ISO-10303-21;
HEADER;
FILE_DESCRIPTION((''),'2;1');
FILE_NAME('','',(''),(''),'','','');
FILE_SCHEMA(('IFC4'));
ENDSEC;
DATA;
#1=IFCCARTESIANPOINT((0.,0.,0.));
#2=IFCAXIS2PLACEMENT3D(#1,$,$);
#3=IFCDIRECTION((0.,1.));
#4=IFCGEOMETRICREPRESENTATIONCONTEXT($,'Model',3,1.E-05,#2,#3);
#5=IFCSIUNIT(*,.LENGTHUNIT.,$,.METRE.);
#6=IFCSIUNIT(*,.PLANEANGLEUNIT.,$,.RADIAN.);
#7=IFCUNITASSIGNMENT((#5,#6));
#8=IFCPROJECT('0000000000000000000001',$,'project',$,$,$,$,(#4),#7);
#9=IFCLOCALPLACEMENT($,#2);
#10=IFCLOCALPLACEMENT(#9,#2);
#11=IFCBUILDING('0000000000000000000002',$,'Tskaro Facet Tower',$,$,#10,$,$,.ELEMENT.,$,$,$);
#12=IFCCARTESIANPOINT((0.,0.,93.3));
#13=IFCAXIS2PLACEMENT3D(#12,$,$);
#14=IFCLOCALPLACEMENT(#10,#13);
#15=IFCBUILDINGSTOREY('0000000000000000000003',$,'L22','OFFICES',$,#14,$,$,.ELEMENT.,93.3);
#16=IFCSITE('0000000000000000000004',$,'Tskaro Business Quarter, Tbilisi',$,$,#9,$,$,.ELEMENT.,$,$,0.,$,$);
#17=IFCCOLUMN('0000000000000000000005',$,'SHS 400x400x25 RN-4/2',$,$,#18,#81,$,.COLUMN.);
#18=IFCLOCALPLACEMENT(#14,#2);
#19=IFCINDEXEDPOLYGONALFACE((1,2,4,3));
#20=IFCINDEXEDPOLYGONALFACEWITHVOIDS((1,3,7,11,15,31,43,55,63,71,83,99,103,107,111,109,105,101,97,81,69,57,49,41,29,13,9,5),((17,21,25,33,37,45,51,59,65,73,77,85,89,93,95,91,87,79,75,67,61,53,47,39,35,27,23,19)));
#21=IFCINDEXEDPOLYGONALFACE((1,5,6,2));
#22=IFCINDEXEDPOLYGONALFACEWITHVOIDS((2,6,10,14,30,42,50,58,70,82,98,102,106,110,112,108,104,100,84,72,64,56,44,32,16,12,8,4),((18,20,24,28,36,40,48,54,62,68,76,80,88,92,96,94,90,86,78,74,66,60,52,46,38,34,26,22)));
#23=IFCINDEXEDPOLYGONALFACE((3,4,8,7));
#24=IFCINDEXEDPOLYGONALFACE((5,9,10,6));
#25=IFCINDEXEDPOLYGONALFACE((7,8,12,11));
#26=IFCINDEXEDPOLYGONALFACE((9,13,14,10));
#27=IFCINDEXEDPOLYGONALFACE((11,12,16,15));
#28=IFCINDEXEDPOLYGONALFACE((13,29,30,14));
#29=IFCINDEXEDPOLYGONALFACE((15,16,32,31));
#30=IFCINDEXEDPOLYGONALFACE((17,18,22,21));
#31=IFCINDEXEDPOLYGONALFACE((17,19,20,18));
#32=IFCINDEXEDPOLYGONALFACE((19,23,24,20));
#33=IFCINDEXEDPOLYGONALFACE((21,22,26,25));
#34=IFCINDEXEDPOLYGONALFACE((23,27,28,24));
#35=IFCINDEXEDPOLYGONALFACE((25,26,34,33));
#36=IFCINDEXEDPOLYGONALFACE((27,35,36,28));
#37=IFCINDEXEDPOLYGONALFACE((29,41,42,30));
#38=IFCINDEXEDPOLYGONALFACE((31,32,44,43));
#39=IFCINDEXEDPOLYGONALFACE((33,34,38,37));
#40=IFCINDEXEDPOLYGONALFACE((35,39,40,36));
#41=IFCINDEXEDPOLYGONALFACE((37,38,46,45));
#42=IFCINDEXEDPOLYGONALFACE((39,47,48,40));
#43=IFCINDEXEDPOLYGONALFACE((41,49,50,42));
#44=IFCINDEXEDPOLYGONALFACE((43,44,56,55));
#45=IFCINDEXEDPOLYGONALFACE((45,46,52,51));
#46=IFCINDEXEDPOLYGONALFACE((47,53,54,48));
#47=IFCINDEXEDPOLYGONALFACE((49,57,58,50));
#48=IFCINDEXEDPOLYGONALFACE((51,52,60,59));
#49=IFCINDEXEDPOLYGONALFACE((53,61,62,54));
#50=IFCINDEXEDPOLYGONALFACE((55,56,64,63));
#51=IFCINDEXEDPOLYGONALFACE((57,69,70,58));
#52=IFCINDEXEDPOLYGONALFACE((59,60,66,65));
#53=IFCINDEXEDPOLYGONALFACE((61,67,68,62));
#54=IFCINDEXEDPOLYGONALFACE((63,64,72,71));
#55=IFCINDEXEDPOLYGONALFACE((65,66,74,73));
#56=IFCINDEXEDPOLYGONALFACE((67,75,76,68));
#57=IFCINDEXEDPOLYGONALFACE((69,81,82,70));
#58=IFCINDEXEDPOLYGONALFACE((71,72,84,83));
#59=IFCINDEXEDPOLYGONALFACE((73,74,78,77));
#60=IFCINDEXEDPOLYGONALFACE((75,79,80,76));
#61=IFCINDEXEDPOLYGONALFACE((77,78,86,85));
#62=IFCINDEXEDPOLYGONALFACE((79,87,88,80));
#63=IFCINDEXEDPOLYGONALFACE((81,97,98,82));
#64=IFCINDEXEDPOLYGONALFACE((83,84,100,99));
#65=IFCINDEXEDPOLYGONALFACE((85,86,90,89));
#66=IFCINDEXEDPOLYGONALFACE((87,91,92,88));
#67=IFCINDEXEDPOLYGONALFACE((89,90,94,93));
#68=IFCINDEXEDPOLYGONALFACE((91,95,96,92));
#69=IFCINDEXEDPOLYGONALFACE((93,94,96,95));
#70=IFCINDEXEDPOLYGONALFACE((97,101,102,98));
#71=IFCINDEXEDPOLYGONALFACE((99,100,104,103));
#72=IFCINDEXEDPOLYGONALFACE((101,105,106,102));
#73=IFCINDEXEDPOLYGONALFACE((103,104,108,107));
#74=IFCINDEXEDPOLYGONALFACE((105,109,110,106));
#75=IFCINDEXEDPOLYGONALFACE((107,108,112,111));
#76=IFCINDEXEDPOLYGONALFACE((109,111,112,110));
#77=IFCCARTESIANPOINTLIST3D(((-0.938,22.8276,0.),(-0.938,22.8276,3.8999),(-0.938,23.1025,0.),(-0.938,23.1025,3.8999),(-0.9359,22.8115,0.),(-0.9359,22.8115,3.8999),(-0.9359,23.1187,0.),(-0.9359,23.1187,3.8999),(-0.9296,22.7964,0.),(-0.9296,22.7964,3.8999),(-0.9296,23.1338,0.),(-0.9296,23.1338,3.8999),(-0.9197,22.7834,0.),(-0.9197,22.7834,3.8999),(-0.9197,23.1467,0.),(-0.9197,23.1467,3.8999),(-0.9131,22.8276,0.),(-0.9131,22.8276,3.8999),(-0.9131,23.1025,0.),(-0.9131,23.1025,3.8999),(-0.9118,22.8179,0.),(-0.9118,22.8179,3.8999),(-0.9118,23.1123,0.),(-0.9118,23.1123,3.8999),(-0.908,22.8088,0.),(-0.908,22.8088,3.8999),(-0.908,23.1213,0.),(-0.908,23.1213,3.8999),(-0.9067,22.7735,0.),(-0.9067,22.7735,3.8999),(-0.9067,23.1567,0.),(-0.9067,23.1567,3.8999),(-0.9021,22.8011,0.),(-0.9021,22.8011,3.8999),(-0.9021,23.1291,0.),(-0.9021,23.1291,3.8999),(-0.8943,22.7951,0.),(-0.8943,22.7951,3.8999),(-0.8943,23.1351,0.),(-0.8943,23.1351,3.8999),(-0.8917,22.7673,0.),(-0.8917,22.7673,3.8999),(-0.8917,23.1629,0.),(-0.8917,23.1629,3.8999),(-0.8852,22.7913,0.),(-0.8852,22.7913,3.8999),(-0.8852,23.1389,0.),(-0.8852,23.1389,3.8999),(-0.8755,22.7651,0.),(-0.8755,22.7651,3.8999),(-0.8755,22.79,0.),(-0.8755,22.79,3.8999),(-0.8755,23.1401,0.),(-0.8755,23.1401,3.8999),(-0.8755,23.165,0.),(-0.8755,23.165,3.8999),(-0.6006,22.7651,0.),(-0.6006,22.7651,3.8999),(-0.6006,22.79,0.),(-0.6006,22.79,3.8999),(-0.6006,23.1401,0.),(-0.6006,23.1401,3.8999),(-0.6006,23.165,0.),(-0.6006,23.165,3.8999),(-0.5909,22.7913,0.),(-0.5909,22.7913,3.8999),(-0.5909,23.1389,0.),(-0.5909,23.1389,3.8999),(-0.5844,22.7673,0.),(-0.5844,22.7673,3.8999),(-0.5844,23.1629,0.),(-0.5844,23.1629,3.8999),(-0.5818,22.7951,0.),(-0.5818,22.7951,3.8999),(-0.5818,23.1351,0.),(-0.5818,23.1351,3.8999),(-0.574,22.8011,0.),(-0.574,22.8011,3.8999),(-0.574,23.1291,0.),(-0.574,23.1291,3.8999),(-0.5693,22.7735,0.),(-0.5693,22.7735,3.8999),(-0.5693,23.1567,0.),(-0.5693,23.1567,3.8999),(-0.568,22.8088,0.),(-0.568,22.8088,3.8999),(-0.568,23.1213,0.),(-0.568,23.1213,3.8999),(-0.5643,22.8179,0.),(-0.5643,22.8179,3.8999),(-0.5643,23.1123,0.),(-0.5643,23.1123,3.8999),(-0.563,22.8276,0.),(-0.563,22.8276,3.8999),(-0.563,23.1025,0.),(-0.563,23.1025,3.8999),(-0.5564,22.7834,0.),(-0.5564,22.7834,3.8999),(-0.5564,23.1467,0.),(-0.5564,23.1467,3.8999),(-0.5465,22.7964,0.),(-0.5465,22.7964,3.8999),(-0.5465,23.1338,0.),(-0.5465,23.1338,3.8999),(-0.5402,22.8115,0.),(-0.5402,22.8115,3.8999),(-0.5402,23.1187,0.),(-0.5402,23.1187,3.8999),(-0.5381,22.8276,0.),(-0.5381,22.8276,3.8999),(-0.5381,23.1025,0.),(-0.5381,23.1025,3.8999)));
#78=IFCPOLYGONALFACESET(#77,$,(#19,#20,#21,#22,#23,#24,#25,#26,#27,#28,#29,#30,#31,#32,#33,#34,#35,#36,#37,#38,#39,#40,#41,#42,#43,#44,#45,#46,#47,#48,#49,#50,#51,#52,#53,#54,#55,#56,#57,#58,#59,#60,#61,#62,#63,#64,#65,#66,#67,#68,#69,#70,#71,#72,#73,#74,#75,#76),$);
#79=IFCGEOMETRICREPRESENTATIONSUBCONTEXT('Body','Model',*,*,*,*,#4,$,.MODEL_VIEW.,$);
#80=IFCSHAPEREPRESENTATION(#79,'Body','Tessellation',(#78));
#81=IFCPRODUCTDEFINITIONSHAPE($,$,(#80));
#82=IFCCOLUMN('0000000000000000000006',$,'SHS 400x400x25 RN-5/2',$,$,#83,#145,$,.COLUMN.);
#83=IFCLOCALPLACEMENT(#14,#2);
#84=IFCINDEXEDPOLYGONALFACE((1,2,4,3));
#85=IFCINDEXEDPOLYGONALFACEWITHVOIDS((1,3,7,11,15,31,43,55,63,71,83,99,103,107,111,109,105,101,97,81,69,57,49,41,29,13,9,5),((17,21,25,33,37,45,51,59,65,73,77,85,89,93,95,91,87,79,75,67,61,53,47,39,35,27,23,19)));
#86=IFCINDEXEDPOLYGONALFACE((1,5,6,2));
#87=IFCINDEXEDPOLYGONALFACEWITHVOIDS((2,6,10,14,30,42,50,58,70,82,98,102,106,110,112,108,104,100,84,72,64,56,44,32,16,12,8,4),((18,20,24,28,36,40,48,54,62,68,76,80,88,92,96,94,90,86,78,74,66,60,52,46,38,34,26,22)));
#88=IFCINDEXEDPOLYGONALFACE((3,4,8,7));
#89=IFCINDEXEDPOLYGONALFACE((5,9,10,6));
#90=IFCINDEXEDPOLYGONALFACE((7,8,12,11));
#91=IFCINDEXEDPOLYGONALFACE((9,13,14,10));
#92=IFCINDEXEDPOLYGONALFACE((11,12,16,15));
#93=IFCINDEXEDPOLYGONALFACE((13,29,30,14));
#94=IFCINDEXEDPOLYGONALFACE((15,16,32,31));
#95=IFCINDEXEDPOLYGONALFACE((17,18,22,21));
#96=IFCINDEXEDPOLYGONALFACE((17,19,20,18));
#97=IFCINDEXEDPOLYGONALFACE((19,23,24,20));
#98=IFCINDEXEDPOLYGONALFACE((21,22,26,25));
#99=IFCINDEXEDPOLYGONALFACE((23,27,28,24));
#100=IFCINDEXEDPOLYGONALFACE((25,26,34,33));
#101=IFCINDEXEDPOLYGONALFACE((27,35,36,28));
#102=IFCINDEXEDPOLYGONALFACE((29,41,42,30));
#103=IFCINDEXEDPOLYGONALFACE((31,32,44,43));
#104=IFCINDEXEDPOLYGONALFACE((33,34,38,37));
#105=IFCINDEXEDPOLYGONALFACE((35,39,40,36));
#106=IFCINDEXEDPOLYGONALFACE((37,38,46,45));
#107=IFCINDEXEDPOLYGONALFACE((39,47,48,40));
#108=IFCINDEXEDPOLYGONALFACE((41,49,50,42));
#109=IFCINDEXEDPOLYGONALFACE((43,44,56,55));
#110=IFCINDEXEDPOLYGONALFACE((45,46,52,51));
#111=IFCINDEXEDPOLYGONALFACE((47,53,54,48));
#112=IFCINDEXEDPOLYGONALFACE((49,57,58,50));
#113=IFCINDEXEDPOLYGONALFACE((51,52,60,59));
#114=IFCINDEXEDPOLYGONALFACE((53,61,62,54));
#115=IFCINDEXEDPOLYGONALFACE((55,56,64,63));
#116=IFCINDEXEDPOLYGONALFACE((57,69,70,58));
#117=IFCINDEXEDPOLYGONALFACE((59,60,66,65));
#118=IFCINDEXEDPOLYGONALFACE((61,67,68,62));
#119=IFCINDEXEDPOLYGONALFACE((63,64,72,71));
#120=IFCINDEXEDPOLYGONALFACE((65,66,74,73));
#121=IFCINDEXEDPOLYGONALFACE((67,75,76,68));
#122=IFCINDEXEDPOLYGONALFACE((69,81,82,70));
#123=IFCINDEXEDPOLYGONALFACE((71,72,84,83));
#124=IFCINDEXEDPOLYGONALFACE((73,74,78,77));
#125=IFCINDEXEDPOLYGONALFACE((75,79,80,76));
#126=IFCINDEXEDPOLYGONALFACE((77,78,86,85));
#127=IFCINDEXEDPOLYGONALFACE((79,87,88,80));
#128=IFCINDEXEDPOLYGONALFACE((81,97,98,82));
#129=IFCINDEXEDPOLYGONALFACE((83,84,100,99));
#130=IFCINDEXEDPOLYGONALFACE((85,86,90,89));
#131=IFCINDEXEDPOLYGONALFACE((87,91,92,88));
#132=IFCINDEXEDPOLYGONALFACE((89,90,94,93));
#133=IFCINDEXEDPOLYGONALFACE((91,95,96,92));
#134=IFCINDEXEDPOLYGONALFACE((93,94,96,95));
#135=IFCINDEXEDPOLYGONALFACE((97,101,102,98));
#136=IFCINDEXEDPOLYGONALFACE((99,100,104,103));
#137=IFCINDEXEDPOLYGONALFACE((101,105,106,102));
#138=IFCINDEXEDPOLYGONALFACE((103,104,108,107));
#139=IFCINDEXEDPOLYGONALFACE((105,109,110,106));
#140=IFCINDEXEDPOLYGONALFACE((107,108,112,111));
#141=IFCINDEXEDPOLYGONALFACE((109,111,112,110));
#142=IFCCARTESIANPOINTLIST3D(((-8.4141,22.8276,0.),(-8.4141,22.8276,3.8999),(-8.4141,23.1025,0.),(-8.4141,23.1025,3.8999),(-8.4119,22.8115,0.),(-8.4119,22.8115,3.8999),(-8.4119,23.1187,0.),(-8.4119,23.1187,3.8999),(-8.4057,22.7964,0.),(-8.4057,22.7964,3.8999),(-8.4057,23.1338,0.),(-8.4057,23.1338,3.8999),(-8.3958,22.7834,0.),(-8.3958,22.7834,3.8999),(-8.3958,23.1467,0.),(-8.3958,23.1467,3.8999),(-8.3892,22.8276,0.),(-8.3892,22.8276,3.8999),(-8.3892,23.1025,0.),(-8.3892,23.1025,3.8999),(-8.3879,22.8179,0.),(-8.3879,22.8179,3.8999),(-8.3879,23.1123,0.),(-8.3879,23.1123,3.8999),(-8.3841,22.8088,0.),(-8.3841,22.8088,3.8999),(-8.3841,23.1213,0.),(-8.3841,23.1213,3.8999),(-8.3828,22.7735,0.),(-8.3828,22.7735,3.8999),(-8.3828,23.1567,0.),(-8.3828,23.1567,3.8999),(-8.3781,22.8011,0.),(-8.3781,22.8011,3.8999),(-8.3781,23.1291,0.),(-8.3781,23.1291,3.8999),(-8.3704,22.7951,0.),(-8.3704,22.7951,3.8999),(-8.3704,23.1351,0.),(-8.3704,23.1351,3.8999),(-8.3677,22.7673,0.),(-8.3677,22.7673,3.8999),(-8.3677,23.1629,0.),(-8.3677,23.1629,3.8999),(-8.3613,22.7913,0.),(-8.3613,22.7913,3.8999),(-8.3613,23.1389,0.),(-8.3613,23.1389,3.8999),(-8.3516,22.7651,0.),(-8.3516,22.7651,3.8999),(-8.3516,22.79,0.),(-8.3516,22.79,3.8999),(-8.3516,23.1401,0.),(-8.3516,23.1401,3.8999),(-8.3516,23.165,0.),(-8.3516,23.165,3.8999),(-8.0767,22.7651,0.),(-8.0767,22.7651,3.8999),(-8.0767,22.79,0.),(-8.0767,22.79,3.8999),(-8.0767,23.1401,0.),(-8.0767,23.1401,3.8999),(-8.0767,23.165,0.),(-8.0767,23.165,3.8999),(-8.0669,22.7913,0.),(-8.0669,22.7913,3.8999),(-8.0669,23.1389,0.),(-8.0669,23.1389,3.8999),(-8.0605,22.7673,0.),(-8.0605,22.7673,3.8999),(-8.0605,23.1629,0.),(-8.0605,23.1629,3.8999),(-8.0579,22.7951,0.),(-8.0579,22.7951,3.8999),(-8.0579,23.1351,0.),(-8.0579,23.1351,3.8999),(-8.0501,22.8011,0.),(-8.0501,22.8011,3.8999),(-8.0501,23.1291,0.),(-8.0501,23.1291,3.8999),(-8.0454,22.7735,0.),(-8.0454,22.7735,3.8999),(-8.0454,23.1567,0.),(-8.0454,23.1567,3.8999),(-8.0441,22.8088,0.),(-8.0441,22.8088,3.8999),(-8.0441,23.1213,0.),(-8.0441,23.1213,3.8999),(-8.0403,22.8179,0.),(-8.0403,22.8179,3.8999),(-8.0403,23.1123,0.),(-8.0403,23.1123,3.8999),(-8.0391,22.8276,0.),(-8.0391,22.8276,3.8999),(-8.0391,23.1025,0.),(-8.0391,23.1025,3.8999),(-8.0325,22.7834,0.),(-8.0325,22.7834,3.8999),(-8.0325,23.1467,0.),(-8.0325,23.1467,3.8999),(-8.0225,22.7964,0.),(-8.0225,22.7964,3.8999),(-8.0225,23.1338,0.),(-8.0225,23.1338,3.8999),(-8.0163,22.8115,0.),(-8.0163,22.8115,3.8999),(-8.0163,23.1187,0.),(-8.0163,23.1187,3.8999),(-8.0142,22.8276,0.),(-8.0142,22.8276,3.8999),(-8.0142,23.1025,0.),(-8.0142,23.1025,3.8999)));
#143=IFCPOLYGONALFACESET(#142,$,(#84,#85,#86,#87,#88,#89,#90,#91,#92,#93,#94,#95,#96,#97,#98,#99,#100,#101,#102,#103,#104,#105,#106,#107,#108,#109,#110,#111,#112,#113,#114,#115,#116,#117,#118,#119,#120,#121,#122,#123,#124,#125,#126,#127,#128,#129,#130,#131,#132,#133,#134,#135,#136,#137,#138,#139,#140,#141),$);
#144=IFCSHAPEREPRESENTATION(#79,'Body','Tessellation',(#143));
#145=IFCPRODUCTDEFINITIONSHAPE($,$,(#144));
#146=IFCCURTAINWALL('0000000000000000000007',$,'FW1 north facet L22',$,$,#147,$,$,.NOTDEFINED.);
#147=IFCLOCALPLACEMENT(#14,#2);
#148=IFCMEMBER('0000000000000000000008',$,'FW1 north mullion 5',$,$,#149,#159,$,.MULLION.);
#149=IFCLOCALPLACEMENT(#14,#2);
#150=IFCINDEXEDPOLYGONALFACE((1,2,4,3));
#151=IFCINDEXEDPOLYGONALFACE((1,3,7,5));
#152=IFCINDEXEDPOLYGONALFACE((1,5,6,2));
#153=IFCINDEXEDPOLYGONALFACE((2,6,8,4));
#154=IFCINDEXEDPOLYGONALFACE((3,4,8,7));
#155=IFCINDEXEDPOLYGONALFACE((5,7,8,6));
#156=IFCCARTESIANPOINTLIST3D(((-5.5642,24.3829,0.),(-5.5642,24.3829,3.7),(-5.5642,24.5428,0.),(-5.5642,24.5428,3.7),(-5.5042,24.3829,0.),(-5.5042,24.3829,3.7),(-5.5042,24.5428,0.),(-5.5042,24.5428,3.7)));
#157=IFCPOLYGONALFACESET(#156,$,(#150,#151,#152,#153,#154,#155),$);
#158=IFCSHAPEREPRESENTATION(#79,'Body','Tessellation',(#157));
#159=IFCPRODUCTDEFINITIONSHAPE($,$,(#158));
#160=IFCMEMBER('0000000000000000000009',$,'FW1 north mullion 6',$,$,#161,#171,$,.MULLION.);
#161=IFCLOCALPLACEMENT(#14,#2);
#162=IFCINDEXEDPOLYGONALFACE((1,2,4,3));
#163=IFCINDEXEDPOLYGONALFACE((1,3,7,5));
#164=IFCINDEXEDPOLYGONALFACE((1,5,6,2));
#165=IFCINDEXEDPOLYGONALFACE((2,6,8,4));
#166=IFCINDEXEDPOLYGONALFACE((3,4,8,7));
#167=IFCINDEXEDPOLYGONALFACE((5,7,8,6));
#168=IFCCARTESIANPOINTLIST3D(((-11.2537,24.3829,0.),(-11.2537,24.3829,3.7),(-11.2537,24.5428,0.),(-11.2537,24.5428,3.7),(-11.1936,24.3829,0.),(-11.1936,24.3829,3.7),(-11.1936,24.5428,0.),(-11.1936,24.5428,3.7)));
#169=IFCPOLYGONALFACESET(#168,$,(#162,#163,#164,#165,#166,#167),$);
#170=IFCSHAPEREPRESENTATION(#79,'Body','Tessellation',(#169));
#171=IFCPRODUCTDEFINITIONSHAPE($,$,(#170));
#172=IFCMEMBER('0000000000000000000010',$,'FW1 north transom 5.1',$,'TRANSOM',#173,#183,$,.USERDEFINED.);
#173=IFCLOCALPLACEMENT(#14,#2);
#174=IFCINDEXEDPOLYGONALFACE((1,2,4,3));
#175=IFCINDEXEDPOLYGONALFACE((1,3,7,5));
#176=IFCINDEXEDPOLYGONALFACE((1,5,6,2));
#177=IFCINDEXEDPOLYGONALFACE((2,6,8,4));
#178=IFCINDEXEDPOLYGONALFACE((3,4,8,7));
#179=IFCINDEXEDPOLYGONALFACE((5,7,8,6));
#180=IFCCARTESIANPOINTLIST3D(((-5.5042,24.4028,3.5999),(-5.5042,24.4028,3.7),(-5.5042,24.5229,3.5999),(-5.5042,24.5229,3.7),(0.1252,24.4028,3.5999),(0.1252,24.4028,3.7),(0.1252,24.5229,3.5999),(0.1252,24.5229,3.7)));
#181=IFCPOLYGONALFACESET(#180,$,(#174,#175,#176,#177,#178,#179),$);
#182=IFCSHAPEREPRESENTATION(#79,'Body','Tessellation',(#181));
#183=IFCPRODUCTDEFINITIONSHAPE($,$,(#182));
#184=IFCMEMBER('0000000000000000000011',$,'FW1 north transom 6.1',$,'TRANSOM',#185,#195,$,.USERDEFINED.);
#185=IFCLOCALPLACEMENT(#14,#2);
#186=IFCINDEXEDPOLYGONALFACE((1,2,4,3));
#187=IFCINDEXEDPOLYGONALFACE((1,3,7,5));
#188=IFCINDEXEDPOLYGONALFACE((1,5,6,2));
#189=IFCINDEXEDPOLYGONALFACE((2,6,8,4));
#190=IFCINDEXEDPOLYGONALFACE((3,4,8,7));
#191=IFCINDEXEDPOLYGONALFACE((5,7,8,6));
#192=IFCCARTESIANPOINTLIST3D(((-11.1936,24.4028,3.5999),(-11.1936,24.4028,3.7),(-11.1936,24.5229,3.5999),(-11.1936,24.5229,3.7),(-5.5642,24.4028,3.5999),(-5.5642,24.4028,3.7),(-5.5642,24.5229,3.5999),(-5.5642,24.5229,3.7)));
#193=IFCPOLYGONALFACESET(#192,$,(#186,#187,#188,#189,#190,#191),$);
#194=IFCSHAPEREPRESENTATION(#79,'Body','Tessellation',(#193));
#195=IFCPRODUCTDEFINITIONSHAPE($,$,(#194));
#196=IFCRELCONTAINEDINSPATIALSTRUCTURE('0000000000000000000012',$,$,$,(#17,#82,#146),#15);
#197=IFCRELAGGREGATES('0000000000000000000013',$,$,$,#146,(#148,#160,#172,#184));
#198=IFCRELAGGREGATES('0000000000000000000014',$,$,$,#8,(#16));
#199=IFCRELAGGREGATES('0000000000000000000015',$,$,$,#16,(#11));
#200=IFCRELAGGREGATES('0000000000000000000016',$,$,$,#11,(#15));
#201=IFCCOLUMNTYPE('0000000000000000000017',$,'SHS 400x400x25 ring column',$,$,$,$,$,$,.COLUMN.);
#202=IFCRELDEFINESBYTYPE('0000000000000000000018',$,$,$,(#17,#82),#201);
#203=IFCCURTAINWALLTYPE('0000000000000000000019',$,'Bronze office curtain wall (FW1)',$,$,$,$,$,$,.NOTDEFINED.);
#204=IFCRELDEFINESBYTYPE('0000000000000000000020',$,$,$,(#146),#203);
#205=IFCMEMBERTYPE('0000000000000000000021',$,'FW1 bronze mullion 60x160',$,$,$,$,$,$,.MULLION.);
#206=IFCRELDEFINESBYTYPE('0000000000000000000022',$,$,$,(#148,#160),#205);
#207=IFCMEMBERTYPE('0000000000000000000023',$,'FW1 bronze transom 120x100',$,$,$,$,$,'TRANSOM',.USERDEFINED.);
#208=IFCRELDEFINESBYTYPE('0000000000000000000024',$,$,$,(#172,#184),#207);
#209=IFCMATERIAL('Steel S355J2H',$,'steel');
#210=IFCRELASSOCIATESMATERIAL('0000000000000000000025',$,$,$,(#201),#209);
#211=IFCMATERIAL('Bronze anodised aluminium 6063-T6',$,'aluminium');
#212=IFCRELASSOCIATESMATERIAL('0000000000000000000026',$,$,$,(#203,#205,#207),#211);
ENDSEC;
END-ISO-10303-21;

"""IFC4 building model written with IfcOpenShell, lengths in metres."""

from ifc_helpers import new_model, si_unit, direction, frame, origin, origin_2d, place, context, subcontext, project, spatial, rectangle, hollow_rectangle, extrude, material, material_profile, profile_set, type_object, element, aggregate, save


model = new_model("IFC4")

# Units and contexts
model_context = context("Model", 3, precision=1e-05, world=origin(), true_north=direction((0.0, 1.0)))
body_context = subcontext(model_context, "Body", "Model", "MODEL_VIEW")
ifc_project = project(units=[si_unit("LENGTHUNIT", "METRE"), si_unit("PLANEANGLEUNIT", "RADIAN")], contexts=[model_context])

# Site, building, storey
site_placement = place(None, origin())
site = spatial("IfcSite", under=ifc_project, at=site_placement, Name="Tskaro Business Quarter, Tbilisi", CompositionType="ELEMENT", RefElevation=0.0)
building_placement = place(site_placement, origin())
building = spatial("IfcBuilding", under=site, at=building_placement, Name="Tskaro Facet Tower", CompositionType="ELEMENT")
storey_placement = place(building_placement, frame((0.0, 0.0, 93.3)))
storey = spatial("IfcBuildingStorey", under=building, at=storey_placement, Name="L22", Description="OFFICES", CompositionType="ELEMENT", Elevation=93.3)

# Columns
ifc_material_1 = material(Name="Steel S355J2H", Category="steel")
ifc_material_profile_1 = material_profile(ifc_material_1, hollow_rectangle(XDim=0.3999, YDim=0.3999, WallThickness=0.0249, InnerFilletRadius=0.0376, OuterFilletRadius=0.0625, at=origin_2d()), Name="SHS 400x400x25")
ifc_profile_set_1 = profile_set([ifc_material_profile_1], Name="Steel S355J2H")
column_type_1 = type_object("IfcColumnType", Name="SHS 400x400x25 ring column", PredefinedType="COLUMN", material=ifc_profile_set_1)
for number, where, z_axis, x_axis, name in (
    (1, (-0.738, 22.9651, 0.0), (0.0, 0.0, 1.0), (1.0, 0.0, 0.0), "SHS 400x400x25 RN-4/2"),
    (2, (-8.2141, 22.9651, 0.0), (0.0, 0.0, 1.0), (1.0, 0.0, 0.0), "SHS 400x400x25 RN-5/2"),
):
    element("IfcColumn", number, at=place(storey_placement, frame(where, z_axis=z_axis, x_axis=x_axis)), inside=storey, type_object=column_type_1, Name=name, PredefinedType="COLUMN", context=body_context, shape_type="SweptSolid", body=[
        extrude(hollow_rectangle(XDim=0.3999, YDim=0.3999, WallThickness=0.0249, InnerFilletRadius=0.0376, OuterFilletRadius=0.0625, at=origin_2d()), origin(), (0.0, 0.0, 1.0), 3.8999),
    ])

# Curtain wall, members
ifc_material_2 = material(Name="Bronze anodised aluminium 6063-T6", Category="aluminium")
curtain_wall_type = type_object("IfcCurtainWallType", Name="Bronze office curtain wall (FW1)", PredefinedType="NOTDEFINED", material=ifc_material_2)
curtain_wall_placement = place(storey_placement, origin())
curtain_wall = element("IfcCurtainWall", 3, at=curtain_wall_placement, inside=storey, type_object=curtain_wall_type, Name="FW1 north facet L22", PredefinedType="NOTDEFINED")
ifc_material_profile_2 = material_profile(ifc_material_2, rectangle(XDim=0.0601, YDim=0.1599, at=origin_2d()), Name="Mullion 60x160")
ifc_profile_set_2 = profile_set([ifc_material_profile_2], Name="Bronze anodised aluminium 6063-T6")
member_type_1 = type_object("IfcMemberType", Name="FW1 bronze mullion 60x160", PredefinedType="MULLION", material=ifc_profile_set_2)
member_1_placement = place(storey_placement, frame((-5.5342, 24.4629, 0.0), z_axis=(0.0, 0.0, 1.0), x_axis=(-1.0, 0.0, 0.0)))
member_1 = element("IfcMember", 4, at=member_1_placement, type_object=member_type_1, Name="FW1 north mullion 5", PredefinedType="MULLION", context=body_context, shape_type="SweptSolid", body=[
    extrude(rectangle(XDim=0.0601, YDim=0.1599, at=origin_2d()), origin(), (0.0, 0.0, 1.0), 3.7),
])
member_2_placement = place(storey_placement, frame((-11.2236, 24.4629, 0.0), z_axis=(0.0, 0.0, 1.0), x_axis=(-1.0, 0.0, 0.0)))
member_2 = element("IfcMember", 5, at=member_2_placement, type_object=member_type_1, Name="FW1 north mullion 6", PredefinedType="MULLION", context=body_context, shape_type="SweptSolid", body=[
    extrude(rectangle(XDim=0.0601, YDim=0.1599, at=origin_2d()), origin(), (0.0, 0.0, 1.0), 3.7),
])
ifc_material_profile_3 = material_profile(ifc_material_2, rectangle(XDim=0.1201, YDim=0.1001, at=origin_2d()), Name="Transom 120x100")
ifc_profile_set_3 = profile_set([ifc_material_profile_3], Name="Bronze anodised aluminium 6063-T6")
member_type_2 = type_object("IfcMemberType", Name="FW1 bronze transom 120x100", ElementType="TRANSOM", PredefinedType="USERDEFINED", material=ifc_profile_set_3)
member_3_placement = place(storey_placement, frame((0.1252, 24.4629, 3.6499), z_axis=(-1.0, 0.0, 0.0), x_axis=(0.0, -1.0, 0.0)))
member_3 = element("IfcMember", 6, at=member_3_placement, type_object=member_type_2, Name="FW1 north transom 5.1", ObjectType="TRANSOM", PredefinedType="USERDEFINED", context=body_context, shape_type="SweptSolid", body=[
    extrude(rectangle(XDim=0.1201, YDim=0.1001, at=origin_2d()), origin(), (0.0, 0.0, 1.0), 5.6294),
])
member_4_placement = place(storey_placement, frame((-5.5642, 24.4629, 3.6499), z_axis=(-1.0, 0.0, 0.0), x_axis=(0.0, -1.0, 0.0)))
member_4 = element("IfcMember", 7, at=member_4_placement, type_object=member_type_2, Name="FW1 north transom 6.1", ObjectType="TRANSOM", PredefinedType="USERDEFINED", context=body_context, shape_type="SweptSolid", body=[
    extrude(rectangle(XDim=0.1201, YDim=0.1001, at=origin_2d()), origin(), (0.0, 0.0, 1.0), 5.6294),
])

aggregate(curtain_wall, [member_1, member_2, member_3, member_4])

save(model, "model.ifc")
